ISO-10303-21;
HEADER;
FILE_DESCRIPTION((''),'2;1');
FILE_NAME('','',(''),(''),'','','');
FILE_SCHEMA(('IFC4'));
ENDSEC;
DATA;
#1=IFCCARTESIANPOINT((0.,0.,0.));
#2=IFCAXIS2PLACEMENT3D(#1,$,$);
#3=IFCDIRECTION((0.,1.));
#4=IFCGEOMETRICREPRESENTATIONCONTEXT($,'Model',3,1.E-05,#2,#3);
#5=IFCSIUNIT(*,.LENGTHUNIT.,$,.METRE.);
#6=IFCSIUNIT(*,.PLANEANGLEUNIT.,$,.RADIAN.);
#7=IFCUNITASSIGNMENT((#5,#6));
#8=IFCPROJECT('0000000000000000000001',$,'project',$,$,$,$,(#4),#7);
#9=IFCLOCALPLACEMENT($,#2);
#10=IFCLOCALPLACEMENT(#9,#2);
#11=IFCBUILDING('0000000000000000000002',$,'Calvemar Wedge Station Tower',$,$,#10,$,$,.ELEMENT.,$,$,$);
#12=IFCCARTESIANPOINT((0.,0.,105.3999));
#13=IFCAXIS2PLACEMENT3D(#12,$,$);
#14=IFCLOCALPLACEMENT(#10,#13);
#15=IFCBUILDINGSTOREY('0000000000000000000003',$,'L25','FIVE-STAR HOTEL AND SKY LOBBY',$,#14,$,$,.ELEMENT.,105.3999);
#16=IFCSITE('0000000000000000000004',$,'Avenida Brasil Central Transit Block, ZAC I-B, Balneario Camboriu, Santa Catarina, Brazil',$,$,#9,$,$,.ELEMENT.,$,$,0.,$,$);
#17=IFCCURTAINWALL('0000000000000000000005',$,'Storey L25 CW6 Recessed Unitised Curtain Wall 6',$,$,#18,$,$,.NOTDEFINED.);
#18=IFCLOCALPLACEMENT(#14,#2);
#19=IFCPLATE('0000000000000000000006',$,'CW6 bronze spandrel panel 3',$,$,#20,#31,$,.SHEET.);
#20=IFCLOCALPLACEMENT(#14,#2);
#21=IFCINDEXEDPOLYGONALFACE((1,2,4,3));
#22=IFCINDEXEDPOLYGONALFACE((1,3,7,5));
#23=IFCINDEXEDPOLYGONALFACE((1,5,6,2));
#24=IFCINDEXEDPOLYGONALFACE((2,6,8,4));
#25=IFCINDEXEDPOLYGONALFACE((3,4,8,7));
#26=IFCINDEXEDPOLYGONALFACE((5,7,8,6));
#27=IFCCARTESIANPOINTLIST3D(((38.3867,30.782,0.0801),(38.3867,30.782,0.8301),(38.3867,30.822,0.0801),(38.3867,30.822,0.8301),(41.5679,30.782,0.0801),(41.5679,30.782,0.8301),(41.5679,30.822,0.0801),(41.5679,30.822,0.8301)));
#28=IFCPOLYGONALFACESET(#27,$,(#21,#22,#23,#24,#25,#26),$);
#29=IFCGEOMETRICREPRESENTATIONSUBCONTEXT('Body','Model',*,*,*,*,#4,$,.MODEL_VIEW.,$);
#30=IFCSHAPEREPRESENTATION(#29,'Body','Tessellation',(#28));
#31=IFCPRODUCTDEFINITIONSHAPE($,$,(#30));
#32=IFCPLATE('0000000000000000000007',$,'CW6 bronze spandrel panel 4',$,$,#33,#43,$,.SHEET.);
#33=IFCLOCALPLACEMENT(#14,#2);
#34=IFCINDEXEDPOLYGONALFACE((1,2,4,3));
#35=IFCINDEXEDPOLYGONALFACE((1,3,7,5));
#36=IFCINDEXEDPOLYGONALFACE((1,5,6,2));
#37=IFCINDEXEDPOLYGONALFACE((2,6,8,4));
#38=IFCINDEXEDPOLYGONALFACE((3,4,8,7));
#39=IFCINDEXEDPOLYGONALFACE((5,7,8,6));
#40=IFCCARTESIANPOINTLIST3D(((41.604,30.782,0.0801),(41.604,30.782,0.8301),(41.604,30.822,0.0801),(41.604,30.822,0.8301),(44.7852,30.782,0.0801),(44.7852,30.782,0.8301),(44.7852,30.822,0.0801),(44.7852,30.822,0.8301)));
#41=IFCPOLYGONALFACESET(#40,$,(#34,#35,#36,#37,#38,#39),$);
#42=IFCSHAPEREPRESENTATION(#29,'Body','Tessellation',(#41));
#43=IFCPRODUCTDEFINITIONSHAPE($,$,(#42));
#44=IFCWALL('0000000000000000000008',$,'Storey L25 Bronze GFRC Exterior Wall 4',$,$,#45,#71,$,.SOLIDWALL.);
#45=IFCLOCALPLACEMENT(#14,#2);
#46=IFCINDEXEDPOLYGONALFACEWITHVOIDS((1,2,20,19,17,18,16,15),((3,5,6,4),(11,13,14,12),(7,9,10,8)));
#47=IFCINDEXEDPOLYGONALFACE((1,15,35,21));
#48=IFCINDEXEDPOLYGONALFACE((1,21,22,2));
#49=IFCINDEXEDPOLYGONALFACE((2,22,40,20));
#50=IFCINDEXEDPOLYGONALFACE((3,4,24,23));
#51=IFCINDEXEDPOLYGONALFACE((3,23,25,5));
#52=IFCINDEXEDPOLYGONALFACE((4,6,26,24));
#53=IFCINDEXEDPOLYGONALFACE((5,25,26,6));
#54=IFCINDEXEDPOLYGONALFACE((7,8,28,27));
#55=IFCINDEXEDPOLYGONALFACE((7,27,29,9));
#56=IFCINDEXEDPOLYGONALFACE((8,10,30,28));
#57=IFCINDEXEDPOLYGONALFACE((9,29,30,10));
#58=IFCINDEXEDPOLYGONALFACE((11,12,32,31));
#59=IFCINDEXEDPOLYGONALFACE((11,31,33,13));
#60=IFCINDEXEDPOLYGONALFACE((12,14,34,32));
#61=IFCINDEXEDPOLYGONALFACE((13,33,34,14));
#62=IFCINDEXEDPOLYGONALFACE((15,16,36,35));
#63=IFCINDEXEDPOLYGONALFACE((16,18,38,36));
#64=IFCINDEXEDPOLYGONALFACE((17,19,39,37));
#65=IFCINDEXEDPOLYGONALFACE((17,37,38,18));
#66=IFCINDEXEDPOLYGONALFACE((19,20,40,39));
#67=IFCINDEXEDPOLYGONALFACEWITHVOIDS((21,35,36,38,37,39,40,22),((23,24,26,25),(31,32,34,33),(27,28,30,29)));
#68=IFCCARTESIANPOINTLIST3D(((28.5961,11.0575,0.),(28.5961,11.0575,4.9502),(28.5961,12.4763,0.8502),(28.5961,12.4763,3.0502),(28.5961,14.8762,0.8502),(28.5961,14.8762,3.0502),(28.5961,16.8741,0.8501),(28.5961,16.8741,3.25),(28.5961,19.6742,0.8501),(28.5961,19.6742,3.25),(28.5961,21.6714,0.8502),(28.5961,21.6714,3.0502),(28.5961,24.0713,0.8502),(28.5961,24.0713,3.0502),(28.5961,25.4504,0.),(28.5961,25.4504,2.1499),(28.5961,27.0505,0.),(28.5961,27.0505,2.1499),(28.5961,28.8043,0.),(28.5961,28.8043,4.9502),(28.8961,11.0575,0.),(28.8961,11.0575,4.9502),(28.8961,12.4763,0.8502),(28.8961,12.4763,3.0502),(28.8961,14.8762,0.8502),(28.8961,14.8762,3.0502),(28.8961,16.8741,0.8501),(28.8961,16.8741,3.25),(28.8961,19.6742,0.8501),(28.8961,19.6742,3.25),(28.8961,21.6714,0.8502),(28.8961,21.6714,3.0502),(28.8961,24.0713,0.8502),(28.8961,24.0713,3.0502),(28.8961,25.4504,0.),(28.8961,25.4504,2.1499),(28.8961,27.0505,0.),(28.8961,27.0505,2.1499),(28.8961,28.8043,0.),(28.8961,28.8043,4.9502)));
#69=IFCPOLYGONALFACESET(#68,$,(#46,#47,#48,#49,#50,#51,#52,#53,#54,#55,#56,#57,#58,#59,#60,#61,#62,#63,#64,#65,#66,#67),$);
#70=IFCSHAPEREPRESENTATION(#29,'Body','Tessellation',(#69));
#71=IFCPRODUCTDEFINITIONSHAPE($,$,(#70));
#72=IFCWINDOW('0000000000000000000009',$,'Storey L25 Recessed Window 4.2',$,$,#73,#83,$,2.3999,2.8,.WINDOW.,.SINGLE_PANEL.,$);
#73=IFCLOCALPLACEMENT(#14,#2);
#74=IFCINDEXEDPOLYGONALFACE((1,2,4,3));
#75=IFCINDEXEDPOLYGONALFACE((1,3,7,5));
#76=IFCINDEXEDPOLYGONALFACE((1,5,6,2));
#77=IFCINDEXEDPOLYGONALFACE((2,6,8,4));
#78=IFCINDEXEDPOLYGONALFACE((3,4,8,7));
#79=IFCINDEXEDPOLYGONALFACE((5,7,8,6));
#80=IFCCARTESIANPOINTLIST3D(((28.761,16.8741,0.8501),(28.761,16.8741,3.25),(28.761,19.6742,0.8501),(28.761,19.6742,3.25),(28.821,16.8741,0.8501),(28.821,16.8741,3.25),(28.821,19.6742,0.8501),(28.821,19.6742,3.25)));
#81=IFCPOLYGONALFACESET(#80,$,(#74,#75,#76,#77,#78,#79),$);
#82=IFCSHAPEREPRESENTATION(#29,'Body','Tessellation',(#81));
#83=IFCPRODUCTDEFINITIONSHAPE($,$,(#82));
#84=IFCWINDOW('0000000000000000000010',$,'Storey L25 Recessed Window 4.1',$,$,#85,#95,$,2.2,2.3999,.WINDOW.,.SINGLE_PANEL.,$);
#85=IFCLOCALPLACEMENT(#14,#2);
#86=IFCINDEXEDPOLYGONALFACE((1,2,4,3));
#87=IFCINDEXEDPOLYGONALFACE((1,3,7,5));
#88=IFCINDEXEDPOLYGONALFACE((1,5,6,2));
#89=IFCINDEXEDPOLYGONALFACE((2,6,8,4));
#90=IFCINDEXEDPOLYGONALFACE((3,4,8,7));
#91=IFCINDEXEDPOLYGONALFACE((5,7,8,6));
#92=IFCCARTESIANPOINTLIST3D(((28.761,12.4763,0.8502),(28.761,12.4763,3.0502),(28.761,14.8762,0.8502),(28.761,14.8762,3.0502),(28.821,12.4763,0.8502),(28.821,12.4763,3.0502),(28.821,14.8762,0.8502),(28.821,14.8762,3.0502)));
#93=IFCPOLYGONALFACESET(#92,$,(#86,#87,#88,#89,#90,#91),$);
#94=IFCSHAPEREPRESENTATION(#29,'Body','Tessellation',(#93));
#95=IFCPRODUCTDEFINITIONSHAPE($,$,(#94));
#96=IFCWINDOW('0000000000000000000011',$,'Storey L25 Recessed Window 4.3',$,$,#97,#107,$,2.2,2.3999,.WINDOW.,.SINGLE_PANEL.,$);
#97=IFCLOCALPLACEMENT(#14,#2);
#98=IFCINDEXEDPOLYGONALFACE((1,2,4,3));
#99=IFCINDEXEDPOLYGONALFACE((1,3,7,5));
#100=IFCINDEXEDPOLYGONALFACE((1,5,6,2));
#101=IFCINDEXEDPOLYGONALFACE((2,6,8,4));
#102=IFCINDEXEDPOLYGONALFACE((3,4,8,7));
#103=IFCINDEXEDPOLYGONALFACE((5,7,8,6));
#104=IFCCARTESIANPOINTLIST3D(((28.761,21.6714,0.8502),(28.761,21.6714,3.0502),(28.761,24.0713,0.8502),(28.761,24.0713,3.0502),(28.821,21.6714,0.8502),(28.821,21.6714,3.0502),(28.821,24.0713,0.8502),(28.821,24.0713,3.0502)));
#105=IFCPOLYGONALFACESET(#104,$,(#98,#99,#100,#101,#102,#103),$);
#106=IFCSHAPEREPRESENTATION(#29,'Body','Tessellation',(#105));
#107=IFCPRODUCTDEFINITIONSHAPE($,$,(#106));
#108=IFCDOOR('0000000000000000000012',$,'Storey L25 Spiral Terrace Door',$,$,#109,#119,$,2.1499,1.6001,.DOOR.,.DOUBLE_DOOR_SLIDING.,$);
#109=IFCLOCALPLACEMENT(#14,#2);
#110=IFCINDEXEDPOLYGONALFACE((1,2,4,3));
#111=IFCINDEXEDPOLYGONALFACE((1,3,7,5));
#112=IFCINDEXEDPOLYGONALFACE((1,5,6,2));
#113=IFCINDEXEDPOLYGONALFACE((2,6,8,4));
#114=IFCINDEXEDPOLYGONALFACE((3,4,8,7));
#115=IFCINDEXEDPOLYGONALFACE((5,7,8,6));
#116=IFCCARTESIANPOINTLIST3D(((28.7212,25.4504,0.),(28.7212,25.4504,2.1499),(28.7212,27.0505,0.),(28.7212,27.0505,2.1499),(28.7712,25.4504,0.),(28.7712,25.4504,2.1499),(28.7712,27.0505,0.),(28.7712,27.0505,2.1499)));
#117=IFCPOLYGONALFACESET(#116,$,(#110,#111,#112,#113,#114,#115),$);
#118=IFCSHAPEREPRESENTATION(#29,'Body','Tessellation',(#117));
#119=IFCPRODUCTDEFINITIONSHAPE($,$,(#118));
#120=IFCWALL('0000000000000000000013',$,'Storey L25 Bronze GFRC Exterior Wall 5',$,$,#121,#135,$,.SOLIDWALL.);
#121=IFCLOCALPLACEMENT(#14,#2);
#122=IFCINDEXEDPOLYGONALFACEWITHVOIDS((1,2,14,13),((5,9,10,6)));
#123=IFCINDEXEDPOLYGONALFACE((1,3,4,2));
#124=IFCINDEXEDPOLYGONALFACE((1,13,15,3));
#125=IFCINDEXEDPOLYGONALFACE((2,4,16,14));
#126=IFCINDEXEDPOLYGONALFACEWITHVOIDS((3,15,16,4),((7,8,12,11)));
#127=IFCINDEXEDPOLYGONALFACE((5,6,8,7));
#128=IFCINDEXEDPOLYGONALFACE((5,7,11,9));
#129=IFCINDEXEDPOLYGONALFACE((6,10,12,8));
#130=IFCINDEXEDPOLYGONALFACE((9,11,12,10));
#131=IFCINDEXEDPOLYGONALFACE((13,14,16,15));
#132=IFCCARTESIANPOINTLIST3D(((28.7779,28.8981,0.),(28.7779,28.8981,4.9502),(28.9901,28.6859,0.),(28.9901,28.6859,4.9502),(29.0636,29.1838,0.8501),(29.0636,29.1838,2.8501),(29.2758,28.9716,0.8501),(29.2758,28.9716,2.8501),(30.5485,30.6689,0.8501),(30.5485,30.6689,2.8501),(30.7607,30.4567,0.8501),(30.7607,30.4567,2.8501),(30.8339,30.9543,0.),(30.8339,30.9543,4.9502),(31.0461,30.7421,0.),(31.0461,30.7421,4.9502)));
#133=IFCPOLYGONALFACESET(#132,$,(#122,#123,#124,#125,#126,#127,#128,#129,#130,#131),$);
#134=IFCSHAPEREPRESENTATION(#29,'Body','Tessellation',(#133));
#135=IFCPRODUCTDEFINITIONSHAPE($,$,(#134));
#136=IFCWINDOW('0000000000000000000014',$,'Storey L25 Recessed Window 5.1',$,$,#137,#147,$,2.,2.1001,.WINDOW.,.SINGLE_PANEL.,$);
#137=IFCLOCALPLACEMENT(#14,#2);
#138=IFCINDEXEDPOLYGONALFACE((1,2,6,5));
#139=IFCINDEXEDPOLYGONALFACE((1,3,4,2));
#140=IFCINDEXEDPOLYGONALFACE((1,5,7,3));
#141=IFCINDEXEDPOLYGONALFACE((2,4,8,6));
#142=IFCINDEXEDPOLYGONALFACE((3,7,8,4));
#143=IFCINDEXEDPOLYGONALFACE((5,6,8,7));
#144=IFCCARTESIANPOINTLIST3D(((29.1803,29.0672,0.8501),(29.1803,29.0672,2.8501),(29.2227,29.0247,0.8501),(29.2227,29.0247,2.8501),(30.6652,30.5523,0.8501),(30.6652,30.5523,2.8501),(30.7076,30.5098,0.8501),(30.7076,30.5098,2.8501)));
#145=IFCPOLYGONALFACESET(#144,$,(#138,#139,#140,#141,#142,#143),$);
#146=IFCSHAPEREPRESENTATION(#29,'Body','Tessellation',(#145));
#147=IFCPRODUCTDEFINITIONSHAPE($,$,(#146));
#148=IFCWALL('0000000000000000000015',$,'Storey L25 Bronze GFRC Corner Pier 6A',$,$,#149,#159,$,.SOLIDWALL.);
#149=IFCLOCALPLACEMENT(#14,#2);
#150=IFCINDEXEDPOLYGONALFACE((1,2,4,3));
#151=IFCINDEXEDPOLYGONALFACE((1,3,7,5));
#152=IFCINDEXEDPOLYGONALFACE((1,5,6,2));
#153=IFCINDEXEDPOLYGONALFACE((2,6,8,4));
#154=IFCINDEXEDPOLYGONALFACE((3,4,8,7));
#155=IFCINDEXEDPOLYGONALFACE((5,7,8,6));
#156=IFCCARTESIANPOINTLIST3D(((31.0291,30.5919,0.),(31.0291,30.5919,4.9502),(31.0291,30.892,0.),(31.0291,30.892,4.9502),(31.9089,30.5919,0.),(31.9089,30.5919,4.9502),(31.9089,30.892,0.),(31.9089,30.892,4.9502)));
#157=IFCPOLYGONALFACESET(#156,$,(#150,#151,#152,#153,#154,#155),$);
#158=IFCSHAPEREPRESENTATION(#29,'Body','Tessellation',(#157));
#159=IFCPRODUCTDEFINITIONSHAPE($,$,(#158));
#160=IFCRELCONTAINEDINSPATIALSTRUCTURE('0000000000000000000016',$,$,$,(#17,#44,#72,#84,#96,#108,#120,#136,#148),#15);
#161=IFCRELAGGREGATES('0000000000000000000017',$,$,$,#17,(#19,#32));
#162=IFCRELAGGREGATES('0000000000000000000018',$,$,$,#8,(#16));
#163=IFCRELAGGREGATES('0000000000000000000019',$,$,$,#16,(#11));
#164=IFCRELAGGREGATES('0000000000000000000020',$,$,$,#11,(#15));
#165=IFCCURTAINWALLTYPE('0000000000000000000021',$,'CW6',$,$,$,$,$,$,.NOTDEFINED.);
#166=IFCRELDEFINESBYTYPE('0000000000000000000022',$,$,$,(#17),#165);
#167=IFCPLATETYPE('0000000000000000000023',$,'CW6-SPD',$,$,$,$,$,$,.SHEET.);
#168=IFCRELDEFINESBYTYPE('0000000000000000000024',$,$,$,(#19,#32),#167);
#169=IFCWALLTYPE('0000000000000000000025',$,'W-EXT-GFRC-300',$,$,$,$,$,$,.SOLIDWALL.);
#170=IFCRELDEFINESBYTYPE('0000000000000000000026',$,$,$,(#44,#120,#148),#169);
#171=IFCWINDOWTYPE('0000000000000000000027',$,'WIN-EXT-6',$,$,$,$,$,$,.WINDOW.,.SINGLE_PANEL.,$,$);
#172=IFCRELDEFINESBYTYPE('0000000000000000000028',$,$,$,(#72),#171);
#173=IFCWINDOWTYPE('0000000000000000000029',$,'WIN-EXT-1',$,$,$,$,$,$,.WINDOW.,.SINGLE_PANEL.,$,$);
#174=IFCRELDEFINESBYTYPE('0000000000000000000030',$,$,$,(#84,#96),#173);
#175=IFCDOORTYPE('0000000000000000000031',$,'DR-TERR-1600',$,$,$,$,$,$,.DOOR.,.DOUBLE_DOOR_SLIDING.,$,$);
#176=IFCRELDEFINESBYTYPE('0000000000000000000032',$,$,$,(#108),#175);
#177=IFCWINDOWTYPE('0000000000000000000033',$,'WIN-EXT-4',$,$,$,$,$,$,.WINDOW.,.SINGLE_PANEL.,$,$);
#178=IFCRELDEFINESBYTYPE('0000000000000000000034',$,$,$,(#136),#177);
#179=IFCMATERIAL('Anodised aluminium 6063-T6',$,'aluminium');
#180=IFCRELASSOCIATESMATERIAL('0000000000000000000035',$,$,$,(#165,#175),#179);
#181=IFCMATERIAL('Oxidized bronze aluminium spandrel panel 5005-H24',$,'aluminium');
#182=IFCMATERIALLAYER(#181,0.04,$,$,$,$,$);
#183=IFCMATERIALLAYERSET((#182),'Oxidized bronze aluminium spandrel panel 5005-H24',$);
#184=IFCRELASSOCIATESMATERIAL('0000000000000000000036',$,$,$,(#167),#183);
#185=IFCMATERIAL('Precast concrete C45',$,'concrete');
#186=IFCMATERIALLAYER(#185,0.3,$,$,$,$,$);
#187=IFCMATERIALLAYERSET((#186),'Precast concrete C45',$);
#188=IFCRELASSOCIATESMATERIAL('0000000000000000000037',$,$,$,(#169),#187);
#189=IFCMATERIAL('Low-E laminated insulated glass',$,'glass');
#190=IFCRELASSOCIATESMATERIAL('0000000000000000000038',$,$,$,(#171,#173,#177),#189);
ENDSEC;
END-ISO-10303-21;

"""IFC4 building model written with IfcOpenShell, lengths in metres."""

from ifc_helpers import new_model, si_unit, direction, frame, frame_2d, origin, place, context, subcontext, project, spatial, rectangle, extrude, source, transform, mapped, material, layer, layer_set, type_object, element, fill, aggregate, save


model = new_model("IFC4")

# Units and contexts
model_context = context("Model", 3, precision=1e-05, world=origin(), true_north=direction((0.0, 1.0)))
body_context = subcontext(model_context, "Body", "Model", "MODEL_VIEW")
ifc_project = project(units=[si_unit("LENGTHUNIT", "METRE"), si_unit("PLANEANGLEUNIT", "RADIAN")], contexts=[model_context])

# Site, building, storey
site_placement = place(None, origin())
site = spatial("IfcSite", under=ifc_project, at=site_placement, Name="Avenida Brasil Central Transit Block, ZAC I-B, Balneario Camboriu, Santa Catarina, Brazil", CompositionType="ELEMENT", RefElevation=0.0)
building_placement = place(site_placement, origin())
building = spatial("IfcBuilding", under=site, at=building_placement, Name="Calvemar Wedge Station Tower", CompositionType="ELEMENT")
storey_placement = place(building_placement, frame((0.0, 0.0, 105.3999)))
storey = spatial("IfcBuildingStorey", under=building, at=storey_placement, Name="L25", Description="FIVE-STAR HOTEL AND SKY LOBBY", CompositionType="ELEMENT", Elevation=105.3999)

# Curtain wall, plates
ifc_material_1 = material(Name="Anodised aluminium 6063-T6", Category="aluminium")
curtain_wall_type = type_object("IfcCurtainWallType", Name="CW6", PredefinedType="NOTDEFINED", material=ifc_material_1)
curtain_wall_placement = place(storey_placement, origin())
curtain_wall = element("IfcCurtainWall", 1, at=curtain_wall_placement, inside=storey, type_object=curtain_wall_type, Name="Storey L25 CW6 Recessed Unitised Curtain Wall 6", PredefinedType="NOTDEFINED")
ifc_material_2 = material(Name="Low-E laminated insulated glass", Category="glass")
ifc_material_3 = material(Name="Oxidized bronze aluminium spandrel panel 5005-H24", Category="aluminium")
ifc_layer_1 = layer(ifc_material_3, 0.04)
ifc_layer_set_1 = layer_set([ifc_layer_1], Name="Oxidized bronze aluminium spandrel panel 5005-H24")
plate_type_1 = type_object("IfcPlateType", Name="CW6-SPD", PredefinedType="SHEET", material=ifc_layer_set_1)
plate_1_placement = place(storey_placement, frame((38.3867, 30.802, 0.0801), z_axis=(0.0, 0.0, 1.0), x_axis=(1.0, 0.0, 0.0)))
plate_1 = element("IfcPlate", 2, at=plate_1_placement, type_object=plate_type_1, Name="CW6 bronze spandrel panel 3", PredefinedType="SHEET", context=body_context, shape_type="SweptSolid", body=[
    extrude(rectangle(XDim=3.1812, YDim=0.04, at=frame_2d((1.5906, 0.0))), origin(), (0.0, 0.0, 1.0), 0.75),
])
plate_2_placement = place(storey_placement, frame((41.604, 30.802, 0.0801), z_axis=(0.0, 0.0, 1.0), x_axis=(1.0, 0.0, 0.0)))
plate_2 = element("IfcPlate", 3, at=plate_2_placement, type_object=plate_type_1, Name="CW6 bronze spandrel panel 4", PredefinedType="SHEET", context=body_context, shape_type="SweptSolid", body=[
    extrude(rectangle(XDim=3.1812, YDim=0.04, at=frame_2d((1.5906, 0.0))), origin(), (0.0, 0.0, 1.0), 0.75),
])
aggregate(curtain_wall, [plate_1, plate_2])

# Wall, openings, windows, door
ifc_material_4 = material(Name="Precast concrete C45", Category="concrete")
ifc_layer_2 = layer(ifc_material_4, 0.3)
ifc_layer_set_2 = layer_set([ifc_layer_2], Name="Precast concrete C45")
wall_type = type_object("IfcWallType", Name="W-EXT-GFRC-300", PredefinedType="SOLIDWALL", material=ifc_layer_set_2)
wall_1_placement = place(storey_placement, frame((28.7461, 11.0574, 0.0), z_axis=(0.0, 0.0, 1.0), x_axis=(0.0, 1.0, 0.0)))
wall_1 = element("IfcWall", 4, at=wall_1_placement, inside=storey, type_object=wall_type, Name="Storey L25 Bronze GFRC Exterior Wall 4", PredefinedType="SOLIDWALL", context=body_context, shape_type="SweptSolid", body=[
    extrude(rectangle(XDim=17.7468, YDim=0.3, at=frame_2d((8.8735, 0.0))), origin(), (0.0, 0.0, 1.0), 4.9502),
])
shared_shape_1 = source(origin(), body_context, "Body", "SweptSolid", [
    extrude(rectangle(XDim=1.6001, YDim=2.1499, at=frame_2d((0.8, 1.075))), frame((0.0, 0.1602, 0.0), z_axis=(0.0, -1.0, 0.0), x_axis=(1.0, 0.0, 0.0)), (0.0, 0.0, 1.0), 0.3201),
])
opening_1_placement = place(wall_1_placement, frame((14.3931, 0.0, 0.0)))
opening_1 = element("IfcOpeningElement", 5, at=opening_1_placement, cuts=wall_1, PredefinedType="OPENING", context=body_context, shape_type="MappedRepresentation", body=[
    mapped(shared_shape_1, transform((0.0, 0.0, 0.0), scale=1.0)),
])
shared_shape_2 = source(origin(), body_context, "Body", "SweptSolid", [
    extrude(rectangle(XDim=2.3999, YDim=2.2, at=frame_2d((1.2, 1.1001))), frame((0.0, 0.1602, 0.0), z_axis=(0.0, -1.0, 0.0), x_axis=(1.0, 0.0, 0.0)), (0.0, 0.0, 1.0), 0.3201),
])
opening_2_placement = place(wall_1_placement, frame((1.4189, 0.0, 0.8501)))
opening_2 = element("IfcOpeningElement", 6, at=opening_2_placement, cuts=wall_1, PredefinedType="OPENING", context=body_context, shape_type="MappedRepresentation", body=[
    mapped(shared_shape_2, transform((0.0, 0.0, 0.0), scale=1.0)),
])
shared_shape_3 = source(origin(), body_context, "Body", "SweptSolid", [
    extrude(rectangle(XDim=2.8, YDim=2.3999, at=frame_2d((1.3999, 1.2))), frame((0.0, 0.1602, 0.0), z_axis=(0.0, -1.0, 0.0), x_axis=(1.0, 0.0, 0.0)), (0.0, 0.0, 1.0), 0.3201),
])
opening_3_placement = place(wall_1_placement, frame((5.8169, 0.0, 0.8501)))
opening_3 = element("IfcOpeningElement", 7, at=opening_3_placement, cuts=wall_1, PredefinedType="OPENING", context=body_context, shape_type="MappedRepresentation", body=[
    mapped(shared_shape_3, transform((0.0, 0.0, 0.0), scale=1.0)),
])
opening_4_placement = place(wall_1_placement, frame((10.614, 0.0, 0.8501)))
opening_4 = element("IfcOpeningElement", 8, at=opening_4_placement, cuts=wall_1, PredefinedType="OPENING", context=body_context, shape_type="MappedRepresentation", body=[
    mapped(shared_shape_2, transform((0.0, 0.0, 0.0), scale=1.0)),
])
window_type_1 = type_object("IfcWindowType", Name="WIN-EXT-6", PartitioningType="SINGLE_PANEL", PredefinedType="WINDOW", material=ifc_material_2)
shared_shape_4 = source(origin(), body_context, "Body", "SweptSolid", [
    extrude(rectangle(XDim=2.8, YDim=2.3999, at=frame_2d((1.3999, 1.2))), frame((0.0, -0.0149, 0.0), z_axis=(0.0, -1.0, 0.0), x_axis=(1.0, 0.0, 0.0)), (0.0, 0.0, 1.0), 0.0601),
])
window_1_placement = place(opening_3_placement, origin())
window_1 = element("IfcWindow", 9, at=window_1_placement, inside=storey, type_object=window_type_1, Name="Storey L25 Recessed Window 4.2", OverallHeight=2.3999, OverallWidth=2.8, PartitioningType="SINGLE_PANEL", PredefinedType="WINDOW", context=body_context, shape_type="MappedRepresentation", body=[
    mapped(shared_shape_4, transform((0.0, 0.0, 0.0), scale=1.0)),
])
fill(opening_3, window_1)
window_type_2 = type_object("IfcWindowType", Name="WIN-EXT-1", PartitioningType="SINGLE_PANEL", PredefinedType="WINDOW", material=ifc_material_2)
shared_shape_5 = source(origin(), body_context, "Body", "SweptSolid", [
    extrude(rectangle(XDim=2.3999, YDim=2.2, at=frame_2d((1.2, 1.1001))), frame((0.0, -0.0149, 0.0), z_axis=(0.0, -1.0, 0.0), x_axis=(1.0, 0.0, 0.0)), (0.0, 0.0, 1.0), 0.0601),
])
window_2_placement = place(opening_2_placement, origin())
window_2 = element("IfcWindow", 10, at=window_2_placement, inside=storey, type_object=window_type_2, Name="Storey L25 Recessed Window 4.1", OverallHeight=2.2, OverallWidth=2.3999, PartitioningType="SINGLE_PANEL", PredefinedType="WINDOW", context=body_context, shape_type="MappedRepresentation", body=[
    mapped(shared_shape_5, transform((0.0, 0.0, 0.0), scale=1.0)),
])
fill(opening_2, window_2)
window_3_placement = place(opening_4_placement, origin())
window_3 = element("IfcWindow", 11, at=window_3_placement, inside=storey, type_object=window_type_2, Name="Storey L25 Recessed Window 4.3", OverallHeight=2.2, OverallWidth=2.3999, PartitioningType="SINGLE_PANEL", PredefinedType="WINDOW", context=body_context, shape_type="MappedRepresentation", body=[
    mapped(shared_shape_5, transform((0.0, 0.0, 0.0), scale=1.0)),
])
fill(opening_4, window_3)
door_type = type_object("IfcDoorType", Name="DR-TERR-1600", OperationType="DOUBLE_DOOR_SLIDING", PredefinedType="DOOR", material=ifc_material_1)
shared_shape_6 = source(origin(), body_context, "Body", "SweptSolid", [
    extrude(rectangle(XDim=1.6001, YDim=2.1499, at=frame_2d((0.8, 1.075))), frame((0.0, 0.0249, 0.0), z_axis=(0.0, -1.0, 0.0), x_axis=(1.0, 0.0, 0.0)), (0.0, 0.0, 1.0), 0.05),
])
door_placement = place(opening_1_placement, origin())
door = element("IfcDoor", 12, at=door_placement, inside=storey, type_object=door_type, Name="Storey L25 Spiral Terrace Door", OperationType="DOUBLE_DOOR_SLIDING", OverallHeight=2.1499, OverallWidth=1.6001, PredefinedType="DOOR", context=body_context, shape_type="MappedRepresentation", body=[
    mapped(shared_shape_6, transform((0.0, 0.0, 0.0), scale=1.0)),
])
fill(opening_1, door)

# Wall, opening, window
wall_2_placement = place(storey_placement, frame((28.884, 28.792, 0.0), z_axis=(0.0, 0.0, 1.0), x_axis=(0.707065, 0.707149, 0.0)))
wall_2 = element("IfcWall", 13, at=wall_2_placement, inside=storey, type_object=wall_type, Name="Storey L25 Bronze GFRC Exterior Wall 5", PredefinedType="SOLIDWALL", context=body_context, shape_type="SweptSolid", body=[
    extrude(rectangle(XDim=2.9077, YDim=0.3, at=frame_2d((1.4539, 0.0))), origin(), (0.0, 0.0, 1.0), 4.9502),
])
shared_shape_7 = source(origin(), body_context, "Body", "SweptSolid", [
    extrude(rectangle(XDim=2.1001, YDim=2.0, at=frame_2d((1.05, 1.0))), frame((0.0, 0.1602, 0.0), z_axis=(0.0, -1.0, 0.0), x_axis=(1.0, 0.0, 0.0)), (0.0, 0.0, 1.0), 0.3201),
])
opening_5_placement = place(wall_2_placement, frame((0.4041, 0.0, 0.8501)))
opening_5 = element("IfcOpeningElement", 14, at=opening_5_placement, cuts=wall_2, PredefinedType="OPENING", context=body_context, shape_type="MappedRepresentation", body=[
    mapped(shared_shape_7, transform((0.0, 0.0, 0.0), scale=1.0)),
])
window_type_3 = type_object("IfcWindowType", Name="WIN-EXT-4", PartitioningType="SINGLE_PANEL", PredefinedType="WINDOW", material=ifc_material_2)
shared_shape_8 = source(origin(), body_context, "Body", "SweptSolid", [
    extrude(rectangle(XDim=2.1001, YDim=2.0, at=frame_2d((1.05, 1.0))), frame((0.0, -0.0149, 0.0), z_axis=(0.0, -1.0, 0.0), x_axis=(1.0, 0.0, 0.0)), (0.0, 0.0, 1.0), 0.0601),
])
window_4_placement = place(opening_5_placement, origin())
window_4 = element("IfcWindow", 15, at=window_4_placement, inside=storey, type_object=window_type_3, Name="Storey L25 Recessed Window 5.1", OverallHeight=2.0, OverallWidth=2.1001, PartitioningType="SINGLE_PANEL", PredefinedType="WINDOW", context=body_context, shape_type="MappedRepresentation", body=[
    mapped(shared_shape_8, transform((0.0, 0.0, 0.0), scale=1.0)),
])
fill(opening_5, window_4)

# Wall
wall_3_placement = place(storey_placement, frame((31.0291, 30.7419, 0.0), z_axis=(0.0, 0.0, 1.0), x_axis=(1.0, 0.0, 0.0)))
element("IfcWall", 16, at=wall_3_placement, inside=storey, type_object=wall_type, Name="Storey L25 Bronze GFRC Corner Pier 6A", PredefinedType="SOLIDWALL", context=body_context, shape_type="SweptSolid", body=[
    extrude(rectangle(XDim=0.8799, YDim=0.3, at=frame_2d((0.4399, 0.0))), origin(), (0.0, 0.0, 1.0), 4.9502),
])

save(model, "model.ifc")
